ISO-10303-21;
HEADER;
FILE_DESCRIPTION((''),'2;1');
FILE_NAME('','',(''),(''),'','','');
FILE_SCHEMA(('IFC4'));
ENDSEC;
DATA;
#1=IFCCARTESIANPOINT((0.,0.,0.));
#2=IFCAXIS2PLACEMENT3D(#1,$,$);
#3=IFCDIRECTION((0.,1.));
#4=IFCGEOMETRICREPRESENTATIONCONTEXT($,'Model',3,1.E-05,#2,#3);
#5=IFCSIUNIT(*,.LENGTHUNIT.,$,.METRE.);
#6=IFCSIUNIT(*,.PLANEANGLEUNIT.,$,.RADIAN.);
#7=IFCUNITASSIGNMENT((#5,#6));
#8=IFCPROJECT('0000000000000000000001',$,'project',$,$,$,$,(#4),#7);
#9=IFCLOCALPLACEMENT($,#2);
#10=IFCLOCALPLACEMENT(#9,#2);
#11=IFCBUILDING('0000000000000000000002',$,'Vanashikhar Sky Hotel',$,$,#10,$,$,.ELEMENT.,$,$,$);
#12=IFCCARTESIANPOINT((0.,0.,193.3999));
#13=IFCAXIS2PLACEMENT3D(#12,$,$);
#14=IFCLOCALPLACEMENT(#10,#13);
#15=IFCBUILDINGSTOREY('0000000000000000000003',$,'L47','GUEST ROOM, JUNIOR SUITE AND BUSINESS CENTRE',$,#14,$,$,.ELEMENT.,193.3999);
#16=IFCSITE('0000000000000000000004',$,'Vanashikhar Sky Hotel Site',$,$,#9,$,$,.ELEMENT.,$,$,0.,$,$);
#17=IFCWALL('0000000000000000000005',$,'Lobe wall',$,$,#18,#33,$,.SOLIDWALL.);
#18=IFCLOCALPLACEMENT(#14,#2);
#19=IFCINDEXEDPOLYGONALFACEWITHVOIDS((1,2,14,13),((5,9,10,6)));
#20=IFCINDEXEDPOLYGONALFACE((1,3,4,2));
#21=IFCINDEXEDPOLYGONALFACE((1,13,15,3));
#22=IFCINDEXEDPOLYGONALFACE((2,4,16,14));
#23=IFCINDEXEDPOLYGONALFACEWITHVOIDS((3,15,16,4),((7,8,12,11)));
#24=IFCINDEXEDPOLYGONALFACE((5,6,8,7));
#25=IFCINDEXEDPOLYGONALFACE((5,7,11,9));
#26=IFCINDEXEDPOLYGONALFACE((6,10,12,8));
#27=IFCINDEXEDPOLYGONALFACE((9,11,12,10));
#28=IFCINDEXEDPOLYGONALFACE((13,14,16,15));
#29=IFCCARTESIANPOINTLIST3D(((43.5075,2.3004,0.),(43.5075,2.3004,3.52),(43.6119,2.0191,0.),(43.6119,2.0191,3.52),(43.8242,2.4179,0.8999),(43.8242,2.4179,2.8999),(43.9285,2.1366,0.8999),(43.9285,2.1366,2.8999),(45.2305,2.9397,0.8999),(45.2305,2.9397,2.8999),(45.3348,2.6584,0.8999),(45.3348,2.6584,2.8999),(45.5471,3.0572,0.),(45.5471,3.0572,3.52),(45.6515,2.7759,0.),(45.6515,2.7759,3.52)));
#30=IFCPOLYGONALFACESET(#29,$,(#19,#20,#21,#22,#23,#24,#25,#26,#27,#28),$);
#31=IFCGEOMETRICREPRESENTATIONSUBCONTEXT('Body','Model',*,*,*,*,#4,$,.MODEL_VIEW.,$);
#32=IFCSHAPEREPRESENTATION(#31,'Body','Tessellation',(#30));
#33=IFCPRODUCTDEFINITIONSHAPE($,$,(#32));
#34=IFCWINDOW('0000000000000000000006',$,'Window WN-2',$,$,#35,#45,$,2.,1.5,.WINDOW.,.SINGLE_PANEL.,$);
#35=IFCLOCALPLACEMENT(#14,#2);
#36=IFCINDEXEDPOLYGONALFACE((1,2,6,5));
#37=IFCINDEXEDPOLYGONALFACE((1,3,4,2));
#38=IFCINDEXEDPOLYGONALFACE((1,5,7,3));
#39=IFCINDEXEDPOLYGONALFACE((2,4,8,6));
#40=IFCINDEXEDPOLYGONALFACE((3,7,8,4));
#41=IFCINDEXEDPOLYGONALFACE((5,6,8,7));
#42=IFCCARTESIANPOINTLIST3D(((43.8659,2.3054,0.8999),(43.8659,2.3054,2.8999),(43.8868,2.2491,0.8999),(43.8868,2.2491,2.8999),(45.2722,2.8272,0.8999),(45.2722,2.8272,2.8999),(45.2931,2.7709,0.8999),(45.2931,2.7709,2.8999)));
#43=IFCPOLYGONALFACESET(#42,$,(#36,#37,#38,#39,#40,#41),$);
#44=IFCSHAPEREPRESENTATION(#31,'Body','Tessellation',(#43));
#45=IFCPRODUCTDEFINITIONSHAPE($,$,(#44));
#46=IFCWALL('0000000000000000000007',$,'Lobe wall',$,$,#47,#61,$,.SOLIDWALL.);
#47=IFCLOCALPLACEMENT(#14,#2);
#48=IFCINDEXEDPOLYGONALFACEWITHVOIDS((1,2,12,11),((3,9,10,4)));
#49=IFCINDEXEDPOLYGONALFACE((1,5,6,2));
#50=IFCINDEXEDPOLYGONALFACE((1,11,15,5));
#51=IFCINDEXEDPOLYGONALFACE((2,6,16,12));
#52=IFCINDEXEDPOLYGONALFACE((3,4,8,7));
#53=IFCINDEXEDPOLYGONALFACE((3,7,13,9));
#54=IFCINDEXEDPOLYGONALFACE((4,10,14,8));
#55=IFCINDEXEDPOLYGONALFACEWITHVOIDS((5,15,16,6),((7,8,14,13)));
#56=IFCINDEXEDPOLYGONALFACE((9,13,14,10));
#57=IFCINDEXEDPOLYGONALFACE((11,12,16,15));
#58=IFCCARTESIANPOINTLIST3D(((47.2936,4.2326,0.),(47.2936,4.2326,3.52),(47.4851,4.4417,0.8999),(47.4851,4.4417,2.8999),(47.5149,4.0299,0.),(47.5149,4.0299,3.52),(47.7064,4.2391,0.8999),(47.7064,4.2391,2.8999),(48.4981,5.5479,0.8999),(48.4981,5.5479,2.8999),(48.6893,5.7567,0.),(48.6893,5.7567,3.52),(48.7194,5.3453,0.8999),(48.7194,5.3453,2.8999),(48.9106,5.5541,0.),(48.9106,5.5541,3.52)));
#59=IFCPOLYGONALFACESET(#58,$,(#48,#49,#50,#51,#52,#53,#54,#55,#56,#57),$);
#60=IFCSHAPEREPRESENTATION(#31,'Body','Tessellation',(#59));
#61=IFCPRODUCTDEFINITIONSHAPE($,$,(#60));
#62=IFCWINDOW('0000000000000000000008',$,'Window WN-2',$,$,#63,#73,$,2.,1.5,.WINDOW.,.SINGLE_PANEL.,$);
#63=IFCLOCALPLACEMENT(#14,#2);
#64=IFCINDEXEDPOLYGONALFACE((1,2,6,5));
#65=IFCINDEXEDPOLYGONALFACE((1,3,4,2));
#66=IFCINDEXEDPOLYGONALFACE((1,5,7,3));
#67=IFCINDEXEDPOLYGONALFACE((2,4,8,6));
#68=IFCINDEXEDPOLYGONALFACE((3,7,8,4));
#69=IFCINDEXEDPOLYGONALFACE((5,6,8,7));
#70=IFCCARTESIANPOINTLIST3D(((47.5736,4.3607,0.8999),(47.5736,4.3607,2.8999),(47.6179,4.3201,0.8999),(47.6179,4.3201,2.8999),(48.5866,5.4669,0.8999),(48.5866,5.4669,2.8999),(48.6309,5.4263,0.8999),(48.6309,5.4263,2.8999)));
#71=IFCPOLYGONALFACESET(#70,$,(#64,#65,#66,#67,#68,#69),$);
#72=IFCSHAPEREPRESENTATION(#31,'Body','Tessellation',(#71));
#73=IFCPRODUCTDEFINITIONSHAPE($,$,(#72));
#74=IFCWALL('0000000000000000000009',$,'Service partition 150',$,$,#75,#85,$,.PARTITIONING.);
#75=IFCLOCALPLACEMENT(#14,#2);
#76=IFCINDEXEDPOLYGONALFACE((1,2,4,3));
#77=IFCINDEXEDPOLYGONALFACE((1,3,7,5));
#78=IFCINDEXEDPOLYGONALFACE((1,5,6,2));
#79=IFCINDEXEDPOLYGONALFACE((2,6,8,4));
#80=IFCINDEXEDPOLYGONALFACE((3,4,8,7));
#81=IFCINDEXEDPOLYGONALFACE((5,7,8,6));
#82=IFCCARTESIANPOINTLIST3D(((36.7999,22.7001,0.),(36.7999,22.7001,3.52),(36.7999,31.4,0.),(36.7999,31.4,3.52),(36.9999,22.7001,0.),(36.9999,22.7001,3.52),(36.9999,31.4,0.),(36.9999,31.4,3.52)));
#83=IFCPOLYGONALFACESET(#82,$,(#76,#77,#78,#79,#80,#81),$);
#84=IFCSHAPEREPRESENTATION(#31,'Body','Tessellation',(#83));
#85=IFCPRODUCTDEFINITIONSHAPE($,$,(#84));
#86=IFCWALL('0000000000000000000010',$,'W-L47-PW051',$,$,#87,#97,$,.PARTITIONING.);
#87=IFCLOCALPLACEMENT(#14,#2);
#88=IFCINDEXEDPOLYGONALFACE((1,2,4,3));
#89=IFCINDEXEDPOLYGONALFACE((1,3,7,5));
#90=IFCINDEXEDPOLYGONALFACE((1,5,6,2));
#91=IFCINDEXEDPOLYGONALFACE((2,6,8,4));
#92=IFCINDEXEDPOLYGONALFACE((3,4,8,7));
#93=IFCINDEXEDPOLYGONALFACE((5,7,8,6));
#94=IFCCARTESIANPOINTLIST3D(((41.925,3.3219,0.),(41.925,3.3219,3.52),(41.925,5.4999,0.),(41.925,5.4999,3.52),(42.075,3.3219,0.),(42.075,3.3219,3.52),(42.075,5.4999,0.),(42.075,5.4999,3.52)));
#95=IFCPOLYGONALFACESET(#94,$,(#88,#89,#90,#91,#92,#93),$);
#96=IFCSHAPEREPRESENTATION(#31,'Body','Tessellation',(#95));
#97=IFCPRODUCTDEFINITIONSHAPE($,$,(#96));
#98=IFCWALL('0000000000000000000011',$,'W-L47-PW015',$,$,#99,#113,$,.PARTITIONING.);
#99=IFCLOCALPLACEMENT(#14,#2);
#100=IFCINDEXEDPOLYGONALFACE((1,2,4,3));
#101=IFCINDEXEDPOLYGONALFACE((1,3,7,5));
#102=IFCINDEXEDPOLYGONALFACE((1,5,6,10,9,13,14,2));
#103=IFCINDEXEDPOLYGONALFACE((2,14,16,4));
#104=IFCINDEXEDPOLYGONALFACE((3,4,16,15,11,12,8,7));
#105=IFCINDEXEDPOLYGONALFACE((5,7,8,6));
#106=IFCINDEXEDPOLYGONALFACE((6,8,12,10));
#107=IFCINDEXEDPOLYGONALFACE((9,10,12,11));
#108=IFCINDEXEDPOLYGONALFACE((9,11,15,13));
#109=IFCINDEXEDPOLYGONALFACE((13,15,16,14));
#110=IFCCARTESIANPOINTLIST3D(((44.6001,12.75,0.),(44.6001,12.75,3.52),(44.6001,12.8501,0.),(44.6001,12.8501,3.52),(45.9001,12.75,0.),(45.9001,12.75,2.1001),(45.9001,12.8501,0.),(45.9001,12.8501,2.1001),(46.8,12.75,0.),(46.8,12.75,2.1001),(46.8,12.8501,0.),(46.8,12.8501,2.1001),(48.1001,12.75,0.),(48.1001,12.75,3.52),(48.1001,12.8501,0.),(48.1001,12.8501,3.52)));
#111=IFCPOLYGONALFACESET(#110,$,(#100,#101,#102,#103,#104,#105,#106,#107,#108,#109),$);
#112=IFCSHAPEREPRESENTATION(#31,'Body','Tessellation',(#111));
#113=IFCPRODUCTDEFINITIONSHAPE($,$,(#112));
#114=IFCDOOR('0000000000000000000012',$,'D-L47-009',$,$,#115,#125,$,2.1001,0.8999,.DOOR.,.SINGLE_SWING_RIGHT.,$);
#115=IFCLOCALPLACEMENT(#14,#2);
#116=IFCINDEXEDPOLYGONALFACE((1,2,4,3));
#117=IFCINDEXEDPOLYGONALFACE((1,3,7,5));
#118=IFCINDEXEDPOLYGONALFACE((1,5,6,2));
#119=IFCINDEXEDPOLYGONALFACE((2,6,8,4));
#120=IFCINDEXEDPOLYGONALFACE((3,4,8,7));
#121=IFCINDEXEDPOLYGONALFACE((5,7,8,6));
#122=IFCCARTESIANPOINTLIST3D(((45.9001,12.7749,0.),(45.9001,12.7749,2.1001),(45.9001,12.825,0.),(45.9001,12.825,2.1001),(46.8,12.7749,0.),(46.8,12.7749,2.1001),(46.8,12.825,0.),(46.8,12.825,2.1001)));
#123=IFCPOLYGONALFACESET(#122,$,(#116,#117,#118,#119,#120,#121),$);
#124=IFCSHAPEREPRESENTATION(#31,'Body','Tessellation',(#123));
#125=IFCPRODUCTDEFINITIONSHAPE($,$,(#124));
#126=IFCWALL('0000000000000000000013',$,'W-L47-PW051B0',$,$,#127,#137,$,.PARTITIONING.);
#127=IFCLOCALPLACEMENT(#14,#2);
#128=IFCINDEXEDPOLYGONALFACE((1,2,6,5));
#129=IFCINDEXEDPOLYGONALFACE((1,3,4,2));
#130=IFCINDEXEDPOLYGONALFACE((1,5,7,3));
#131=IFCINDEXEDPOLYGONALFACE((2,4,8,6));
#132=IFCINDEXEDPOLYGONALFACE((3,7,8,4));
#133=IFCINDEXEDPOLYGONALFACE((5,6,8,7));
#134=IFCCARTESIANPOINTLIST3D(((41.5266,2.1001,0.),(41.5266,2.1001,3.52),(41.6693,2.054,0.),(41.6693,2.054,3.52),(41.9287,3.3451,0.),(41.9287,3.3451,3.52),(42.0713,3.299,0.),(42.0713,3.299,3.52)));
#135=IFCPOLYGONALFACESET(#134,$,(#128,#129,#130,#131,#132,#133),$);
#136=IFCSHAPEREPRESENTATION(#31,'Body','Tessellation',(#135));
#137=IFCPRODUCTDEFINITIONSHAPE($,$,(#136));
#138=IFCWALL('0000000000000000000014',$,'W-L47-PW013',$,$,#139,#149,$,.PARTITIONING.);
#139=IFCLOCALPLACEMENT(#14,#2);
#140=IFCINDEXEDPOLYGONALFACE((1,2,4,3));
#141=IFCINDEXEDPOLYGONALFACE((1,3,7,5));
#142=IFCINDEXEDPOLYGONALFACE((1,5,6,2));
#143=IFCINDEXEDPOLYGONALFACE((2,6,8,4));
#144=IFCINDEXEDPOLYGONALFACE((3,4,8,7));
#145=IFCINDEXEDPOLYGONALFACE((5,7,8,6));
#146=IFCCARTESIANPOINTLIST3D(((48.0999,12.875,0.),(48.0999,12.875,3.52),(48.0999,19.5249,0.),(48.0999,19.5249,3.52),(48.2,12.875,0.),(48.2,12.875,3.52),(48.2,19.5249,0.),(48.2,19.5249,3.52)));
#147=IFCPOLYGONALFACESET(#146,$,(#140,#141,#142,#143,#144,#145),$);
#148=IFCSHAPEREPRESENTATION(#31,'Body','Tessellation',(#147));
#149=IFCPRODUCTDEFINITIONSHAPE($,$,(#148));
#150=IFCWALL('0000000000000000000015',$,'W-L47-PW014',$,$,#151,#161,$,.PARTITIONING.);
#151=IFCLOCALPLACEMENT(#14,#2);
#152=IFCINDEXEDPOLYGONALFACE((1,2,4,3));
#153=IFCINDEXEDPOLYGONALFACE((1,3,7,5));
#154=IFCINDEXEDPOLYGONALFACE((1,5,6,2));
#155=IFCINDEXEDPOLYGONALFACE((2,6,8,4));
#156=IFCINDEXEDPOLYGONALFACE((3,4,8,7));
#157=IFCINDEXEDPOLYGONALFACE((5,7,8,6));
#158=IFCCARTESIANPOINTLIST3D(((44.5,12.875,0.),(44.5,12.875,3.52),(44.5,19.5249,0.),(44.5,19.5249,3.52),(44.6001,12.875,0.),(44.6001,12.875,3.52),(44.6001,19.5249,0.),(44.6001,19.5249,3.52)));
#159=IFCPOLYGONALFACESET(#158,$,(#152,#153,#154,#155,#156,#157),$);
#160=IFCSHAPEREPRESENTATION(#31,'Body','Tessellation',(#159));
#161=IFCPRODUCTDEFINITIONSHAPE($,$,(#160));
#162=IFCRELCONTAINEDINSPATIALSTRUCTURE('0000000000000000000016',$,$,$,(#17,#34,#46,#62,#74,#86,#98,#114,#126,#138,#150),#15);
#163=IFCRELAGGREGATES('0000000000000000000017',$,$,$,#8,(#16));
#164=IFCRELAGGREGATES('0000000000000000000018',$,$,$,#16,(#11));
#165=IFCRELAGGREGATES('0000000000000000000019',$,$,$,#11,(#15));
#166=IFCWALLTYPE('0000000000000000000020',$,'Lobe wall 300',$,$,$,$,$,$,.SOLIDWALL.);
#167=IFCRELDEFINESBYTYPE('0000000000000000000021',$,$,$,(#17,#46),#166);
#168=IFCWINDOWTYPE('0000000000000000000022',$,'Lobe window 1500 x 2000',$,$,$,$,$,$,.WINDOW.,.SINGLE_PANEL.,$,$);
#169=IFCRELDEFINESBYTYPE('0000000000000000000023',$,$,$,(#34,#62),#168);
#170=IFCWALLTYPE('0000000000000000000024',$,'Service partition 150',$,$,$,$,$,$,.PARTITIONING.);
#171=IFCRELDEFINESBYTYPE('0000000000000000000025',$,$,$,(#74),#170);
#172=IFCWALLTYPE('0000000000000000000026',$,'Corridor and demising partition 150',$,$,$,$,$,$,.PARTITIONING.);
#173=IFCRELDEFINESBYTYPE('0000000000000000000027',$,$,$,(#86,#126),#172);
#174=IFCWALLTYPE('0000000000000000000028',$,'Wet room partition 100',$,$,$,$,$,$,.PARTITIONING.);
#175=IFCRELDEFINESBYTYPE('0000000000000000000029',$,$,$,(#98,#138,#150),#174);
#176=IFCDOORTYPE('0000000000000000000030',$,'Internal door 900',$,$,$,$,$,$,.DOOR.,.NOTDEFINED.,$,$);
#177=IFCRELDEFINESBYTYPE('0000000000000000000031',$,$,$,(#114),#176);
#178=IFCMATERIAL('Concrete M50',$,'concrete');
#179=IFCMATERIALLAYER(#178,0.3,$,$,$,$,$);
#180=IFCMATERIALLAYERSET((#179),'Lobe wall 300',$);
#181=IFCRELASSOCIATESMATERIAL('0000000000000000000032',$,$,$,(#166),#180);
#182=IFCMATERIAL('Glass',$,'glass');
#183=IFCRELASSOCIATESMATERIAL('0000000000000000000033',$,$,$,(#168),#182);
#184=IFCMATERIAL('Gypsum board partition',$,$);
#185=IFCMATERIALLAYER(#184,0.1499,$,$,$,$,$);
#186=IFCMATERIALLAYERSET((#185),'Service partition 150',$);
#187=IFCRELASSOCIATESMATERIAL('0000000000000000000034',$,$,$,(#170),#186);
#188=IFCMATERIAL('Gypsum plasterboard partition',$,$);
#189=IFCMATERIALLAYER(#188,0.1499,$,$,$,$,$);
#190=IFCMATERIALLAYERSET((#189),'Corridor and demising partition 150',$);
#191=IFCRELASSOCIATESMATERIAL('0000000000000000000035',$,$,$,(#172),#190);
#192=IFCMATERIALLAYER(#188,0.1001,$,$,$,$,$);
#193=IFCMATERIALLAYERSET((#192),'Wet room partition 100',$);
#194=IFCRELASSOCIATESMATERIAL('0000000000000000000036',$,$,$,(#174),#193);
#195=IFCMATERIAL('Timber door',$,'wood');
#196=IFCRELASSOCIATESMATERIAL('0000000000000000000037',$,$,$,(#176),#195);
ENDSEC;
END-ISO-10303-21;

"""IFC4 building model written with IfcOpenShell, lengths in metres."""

from ifc_helpers import new_model, si_unit, direction, frame, frame_2d, origin, place, context, subcontext, project, spatial, rectangle, extrude, source, transform, mapped, material, layer, layer_set, type_object, element, fill, save


model = new_model("IFC4")

# Units and contexts
model_context = context("Model", 3, precision=1e-05, world=origin(), true_north=direction((0.0, 1.0)))
body_context = subcontext(model_context, "Body", "Model", "MODEL_VIEW")
ifc_project = project(units=[si_unit("LENGTHUNIT", "METRE"), si_unit("PLANEANGLEUNIT", "RADIAN")], contexts=[model_context])

# Site, building, storey
site_placement = place(None, origin())
site = spatial("IfcSite", under=ifc_project, at=site_placement, Name="Vanashikhar Sky Hotel Site", CompositionType="ELEMENT", RefElevation=0.0)
building_placement = place(site_placement, origin())
building = spatial("IfcBuilding", under=site, at=building_placement, Name="Vanashikhar Sky Hotel", CompositionType="ELEMENT")
storey_placement = place(building_placement, frame((0.0, 0.0, 193.3999)))
storey = spatial("IfcBuildingStorey", under=building, at=storey_placement, Name="L47", Description="GUEST ROOM, JUNIOR SUITE AND BUSINESS CENTRE", CompositionType="ELEMENT", Elevation=193.3999)

# Shared definitions
ifc_material_1 = material(Name="Concrete M50", Category="concrete")

# Walls, openings, windows
ifc_layer_1 = layer(ifc_material_1, 0.3)
ifc_layer_set_1 = layer_set([ifc_layer_1], Name="Lobe wall 300")
wall_type_1 = type_object("IfcWallType", Name="Lobe wall 300", PredefinedType="SOLIDWALL", material=ifc_layer_set_1)
shared_shape_1 = source(origin(), body_context, "Body", "SweptSolid", [
    extrude(rectangle(XDim=1.5, YDim=2.0, at=frame_2d((0.75, 1.0))), frame((0.0, 0.1602, 0.0), z_axis=(0.0, -1.0, 0.0), x_axis=(1.0, 0.0, 0.0)), (0.0, 0.0, 1.0), 0.3201),
])
ifc_material_2 = material(Name="Glass", Category="glass")
window_type = type_object("IfcWindowType", Name="Lobe window 1500 x 2000", PartitioningType="SINGLE_PANEL", PredefinedType="WINDOW", material=ifc_material_2)
shared_shape_2 = source(origin(), body_context, "Body", "SweptSolid", [
    extrude(rectangle(XDim=1.5, YDim=2.0, at=frame_2d((0.75, 1.0))), frame((0.0, 0.03, 0.0), z_axis=(0.0, -1.0, 0.0), x_axis=(1.0, 0.0, 0.0)), (0.0, 0.0, 1.0), 0.0601),
])
shared_shape_3 = source(origin(), body_context, "Body", "SweptSolid", [
    extrude(rectangle(XDim=2.1755, YDim=0.3, at=frame_2d((1.0879, 0.0))), origin(), (0.0, 0.0, 1.0), 3.52),
])
wall_1_placement = place(storey_placement, frame((43.5596, 2.1597, 0.0), z_axis=(0.0, 0.0, 1.0), x_axis=(0.937532, 0.347899, 0.0)))
wall_1 = element("IfcWall", 1, at=wall_1_placement, inside=storey, type_object=wall_type_1, Name="Lobe wall", PredefinedType="SOLIDWALL", context=body_context, shape_type="MappedRepresentation", body=[
    mapped(shared_shape_3, transform((0.0, 0.0, 0.0), scale=1.0)),
])
opening_1_placement = place(wall_1_placement, frame((0.3379, 0.0, 0.8999)))
opening_1 = element("IfcOpeningElement", 2, at=opening_1_placement, cuts=wall_1, PredefinedType="OPENING", context=body_context, shape_type="MappedRepresentation", body=[
    mapped(shared_shape_1, transform((0.0, 0.0, 0.0), scale=1.0)),
])
window_1_placement = place(opening_1_placement, origin())
window_1 = element("IfcWindow", 3, at=window_1_placement, inside=storey, type_object=window_type, Name="Window WN-2", OverallHeight=2.0, OverallWidth=1.5, PartitioningType="SINGLE_PANEL", PredefinedType="WINDOW", context=body_context, shape_type="MappedRepresentation", body=[
    mapped(shared_shape_2, transform((0.0, 0.0, 0.0), scale=1.0)),
])
fill(opening_1, window_1)
shared_shape_4 = source(origin(), body_context, "Body", "SweptSolid", [
    extrude(rectangle(XDim=2.0667, YDim=0.3, at=frame_2d((1.0332, 0.0))), origin(), (0.0, 0.0, 1.0), 3.52),
])
wall_2_placement = place(storey_placement, frame((47.4043, 4.1313, 0.0), z_axis=(0.0, 0.0, 1.0), x_axis=(0.675355, 0.737492, 0.0)))
wall_2 = element("IfcWall", 4, at=wall_2_placement, inside=storey, type_object=wall_type_1, Name="Lobe wall", PredefinedType="SOLIDWALL", context=body_context, shape_type="MappedRepresentation", body=[
    mapped(shared_shape_4, transform((0.0, 0.0, 0.0), scale=1.0)),
])
opening_2_placement = place(wall_2_placement, frame((0.2834, 0.0, 0.8999)))
opening_2 = element("IfcOpeningElement", 5, at=opening_2_placement, cuts=wall_2, PredefinedType="OPENING", context=body_context, shape_type="MappedRepresentation", body=[
    mapped(shared_shape_1, transform((0.0, 0.0, 0.0), scale=1.0)),
])
window_2_placement = place(opening_2_placement, origin())
window_2 = element("IfcWindow", 6, at=window_2_placement, inside=storey, type_object=window_type, Name="Window WN-2", OverallHeight=2.0, OverallWidth=1.5, PartitioningType="SINGLE_PANEL", PredefinedType="WINDOW", context=body_context, shape_type="MappedRepresentation", body=[
    mapped(shared_shape_2, transform((0.0, 0.0, 0.0), scale=1.0)),
])
fill(opening_2, window_2)

# Walls
ifc_material_3 = material(Name="Gypsum board partition")
ifc_layer_2 = layer(ifc_material_3, 0.1499)
ifc_layer_set_2 = layer_set([ifc_layer_2], Name="Service partition 150")
wall_type_2 = type_object("IfcWallType", Name="Service partition 150", PredefinedType="PARTITIONING", material=ifc_layer_set_2)
shared_shape_5 = source(origin(), body_context, "Body", "SweptSolid", [
    extrude(rectangle(XDim=8.7, YDim=0.2, at=frame_2d((4.3501, 0.0))), origin(), (0.0, 0.0, 1.0), 3.52),
])
wall_3_placement = place(storey_placement, frame((36.8999, 22.7, 0.0), z_axis=(0.0, 0.0, 1.0), x_axis=(0.0, 1.0, 0.0)))
element("IfcWall", 7, at=wall_3_placement, inside=storey, type_object=wall_type_2, Name="Service partition 150", PredefinedType="PARTITIONING", context=body_context, shape_type="MappedRepresentation", body=[
    mapped(shared_shape_5, transform((0.0, 0.0, 0.0), scale=1.0)),
])
ifc_material_4 = material(Name="Gypsum plasterboard partition")
ifc_layer_3 = layer(ifc_material_4, 0.1499)
ifc_layer_set_3 = layer_set([ifc_layer_3], Name="Corridor and demising partition 150")
wall_type_3 = type_object("IfcWallType", Name="Corridor and demising partition 150", PredefinedType="PARTITIONING", material=ifc_layer_set_3)
shared_shape_6 = source(origin(), body_context, "Body", "SweptSolid", [
    extrude(rectangle(XDim=2.178, YDim=0.1499, at=frame_2d((1.0889, 0.0))), origin(), (0.0, 0.0, 1.0), 3.52),
])
wall_4_placement = place(storey_placement, frame((42.0, 3.322, 0.0), z_axis=(0.0, 0.0, 1.0), x_axis=(0.0, 1.0, 0.0)))
element("IfcWall", 8, at=wall_4_placement, inside=storey, type_object=wall_type_3, Name="W-L47-PW051", PredefinedType="PARTITIONING", context=body_context, shape_type="MappedRepresentation", body=[
    mapped(shared_shape_6, transform((0.0, 0.0, 0.0), scale=1.0)),
])

# Wall, opening, door
ifc_layer_4 = layer(ifc_material_4, 0.1001)
ifc_layer_set_4 = layer_set([ifc_layer_4], Name="Wet room partition 100")
wall_type_4 = type_object("IfcWallType", Name="Wet room partition 100", PredefinedType="PARTITIONING", material=ifc_layer_set_4)
shared_shape_7 = source(origin(), body_context, "Body", "SweptSolid", [
    extrude(rectangle(XDim=3.5, YDim=0.1001, at=frame_2d((1.75, 0.0))), origin(), (0.0, 0.0, 1.0), 3.52),
])
wall_5_placement = place(storey_placement, frame((44.6001, 12.8, 0.0), z_axis=(0.0, 0.0, 1.0), x_axis=(1.0, 0.0, 0.0)))
wall_5 = element("IfcWall", 9, at=wall_5_placement, inside=storey, type_object=wall_type_4, Name="W-L47-PW015", PredefinedType="PARTITIONING", context=body_context, shape_type="MappedRepresentation", body=[
    mapped(shared_shape_7, transform((0.0, 0.0, 0.0), scale=1.0)),
])
shared_shape_8 = source(origin(), body_context, "Body", "SweptSolid", [
    extrude(rectangle(XDim=0.8999, YDim=2.1001, at=frame_2d((0.45, 1.05))), frame((0.0, 0.0601, 0.0), z_axis=(0.0, -1.0, 0.0), x_axis=(1.0, 0.0, 0.0)), (0.0, 0.0, 1.0), 0.1201),
])
opening_3_placement = place(wall_5_placement, frame((1.3, 0.0, 0.0)))
opening_3 = element("IfcOpeningElement", 10, at=opening_3_placement, cuts=wall_5, PredefinedType="OPENING", context=body_context, shape_type="MappedRepresentation", body=[
    mapped(shared_shape_8, transform((0.0, 0.0, 0.0), scale=1.0)),
])
ifc_material_5 = material(Name="Timber door", Category="wood")
door_type_1 = type_object("IfcDoorType", Name="Internal door 900", OperationType="NOTDEFINED", PredefinedType="DOOR", material=ifc_material_5)
shared_shape_9 = source(origin(), body_context, "Body", "SweptSolid", [
    extrude(rectangle(XDim=0.8999, YDim=2.1001, at=frame_2d((0.45, 1.05))), frame((0.0, 0.0249, 0.0), z_axis=(0.0, -1.0, 0.0), x_axis=(1.0, 0.0, 0.0)), (0.0, 0.0, 1.0), 0.05),
])
door_1_placement = place(opening_3_placement, origin())
door_1 = element("IfcDoor", 11, at=door_1_placement, inside=storey, type_object=door_type_1, Name="D-L47-009", OperationType="SINGLE_SWING_RIGHT", OverallHeight=2.1001, OverallWidth=0.8999, PredefinedType="DOOR", context=body_context, shape_type="MappedRepresentation", body=[
    mapped(shared_shape_9, transform((0.0, 0.0, 0.0), scale=1.0)),
])
fill(opening_3, door_1)

# Walls
shared_shape_10 = source(origin(), body_context, "Body", "SweptSolid", [
    extrude(rectangle(XDim=1.3083, YDim=0.1499, at=frame_2d((0.6543, 0.0))), origin(), (0.0, 0.0, 1.0), 3.52),
])
wall_6_placement = place(storey_placement, frame((41.5979, 2.0769, 0.0), z_axis=(0.0, 0.0, 1.0), x_axis=(0.307314, 0.951608, 0.0)))
element("IfcWall", 12, at=wall_6_placement, inside=storey, type_object=wall_type_3, Name="W-L47-PW051B0", PredefinedType="PARTITIONING", context=body_context, shape_type="MappedRepresentation", body=[
    mapped(shared_shape_10, transform((0.0, 0.0, 0.0), scale=1.0)),
])
shared_shape_11 = source(origin(), body_context, "Body", "SweptSolid", [
    extrude(rectangle(XDim=6.6499, YDim=0.1001, at=frame_2d((3.325, 0.0))), origin(), (0.0, 0.0, 1.0), 3.52),
])
for number, where, z_axis, x_axis, name in (
    (13, (48.1499, 12.875, 0.0), (0.0, 0.0, 1.0), (0.0, 1.0, 0.0), "W-L47-PW013"),
    (14, (44.55, 12.875, 0.0), (0.0, 0.0, 1.0), (0.0, 1.0, 0.0), "W-L47-PW014"),
):
    element("IfcWall", number, at=place(storey_placement, frame(where, z_axis=z_axis, x_axis=x_axis)), inside=storey, type_object=wall_type_4, Name=name, PredefinedType="PARTITIONING", context=body_context, shape_type="MappedRepresentation", body=[
        mapped(shared_shape_11, transform((0.0, 0.0, 0.0), scale=1.0)),
    ])

save(model, "model.ifc")
